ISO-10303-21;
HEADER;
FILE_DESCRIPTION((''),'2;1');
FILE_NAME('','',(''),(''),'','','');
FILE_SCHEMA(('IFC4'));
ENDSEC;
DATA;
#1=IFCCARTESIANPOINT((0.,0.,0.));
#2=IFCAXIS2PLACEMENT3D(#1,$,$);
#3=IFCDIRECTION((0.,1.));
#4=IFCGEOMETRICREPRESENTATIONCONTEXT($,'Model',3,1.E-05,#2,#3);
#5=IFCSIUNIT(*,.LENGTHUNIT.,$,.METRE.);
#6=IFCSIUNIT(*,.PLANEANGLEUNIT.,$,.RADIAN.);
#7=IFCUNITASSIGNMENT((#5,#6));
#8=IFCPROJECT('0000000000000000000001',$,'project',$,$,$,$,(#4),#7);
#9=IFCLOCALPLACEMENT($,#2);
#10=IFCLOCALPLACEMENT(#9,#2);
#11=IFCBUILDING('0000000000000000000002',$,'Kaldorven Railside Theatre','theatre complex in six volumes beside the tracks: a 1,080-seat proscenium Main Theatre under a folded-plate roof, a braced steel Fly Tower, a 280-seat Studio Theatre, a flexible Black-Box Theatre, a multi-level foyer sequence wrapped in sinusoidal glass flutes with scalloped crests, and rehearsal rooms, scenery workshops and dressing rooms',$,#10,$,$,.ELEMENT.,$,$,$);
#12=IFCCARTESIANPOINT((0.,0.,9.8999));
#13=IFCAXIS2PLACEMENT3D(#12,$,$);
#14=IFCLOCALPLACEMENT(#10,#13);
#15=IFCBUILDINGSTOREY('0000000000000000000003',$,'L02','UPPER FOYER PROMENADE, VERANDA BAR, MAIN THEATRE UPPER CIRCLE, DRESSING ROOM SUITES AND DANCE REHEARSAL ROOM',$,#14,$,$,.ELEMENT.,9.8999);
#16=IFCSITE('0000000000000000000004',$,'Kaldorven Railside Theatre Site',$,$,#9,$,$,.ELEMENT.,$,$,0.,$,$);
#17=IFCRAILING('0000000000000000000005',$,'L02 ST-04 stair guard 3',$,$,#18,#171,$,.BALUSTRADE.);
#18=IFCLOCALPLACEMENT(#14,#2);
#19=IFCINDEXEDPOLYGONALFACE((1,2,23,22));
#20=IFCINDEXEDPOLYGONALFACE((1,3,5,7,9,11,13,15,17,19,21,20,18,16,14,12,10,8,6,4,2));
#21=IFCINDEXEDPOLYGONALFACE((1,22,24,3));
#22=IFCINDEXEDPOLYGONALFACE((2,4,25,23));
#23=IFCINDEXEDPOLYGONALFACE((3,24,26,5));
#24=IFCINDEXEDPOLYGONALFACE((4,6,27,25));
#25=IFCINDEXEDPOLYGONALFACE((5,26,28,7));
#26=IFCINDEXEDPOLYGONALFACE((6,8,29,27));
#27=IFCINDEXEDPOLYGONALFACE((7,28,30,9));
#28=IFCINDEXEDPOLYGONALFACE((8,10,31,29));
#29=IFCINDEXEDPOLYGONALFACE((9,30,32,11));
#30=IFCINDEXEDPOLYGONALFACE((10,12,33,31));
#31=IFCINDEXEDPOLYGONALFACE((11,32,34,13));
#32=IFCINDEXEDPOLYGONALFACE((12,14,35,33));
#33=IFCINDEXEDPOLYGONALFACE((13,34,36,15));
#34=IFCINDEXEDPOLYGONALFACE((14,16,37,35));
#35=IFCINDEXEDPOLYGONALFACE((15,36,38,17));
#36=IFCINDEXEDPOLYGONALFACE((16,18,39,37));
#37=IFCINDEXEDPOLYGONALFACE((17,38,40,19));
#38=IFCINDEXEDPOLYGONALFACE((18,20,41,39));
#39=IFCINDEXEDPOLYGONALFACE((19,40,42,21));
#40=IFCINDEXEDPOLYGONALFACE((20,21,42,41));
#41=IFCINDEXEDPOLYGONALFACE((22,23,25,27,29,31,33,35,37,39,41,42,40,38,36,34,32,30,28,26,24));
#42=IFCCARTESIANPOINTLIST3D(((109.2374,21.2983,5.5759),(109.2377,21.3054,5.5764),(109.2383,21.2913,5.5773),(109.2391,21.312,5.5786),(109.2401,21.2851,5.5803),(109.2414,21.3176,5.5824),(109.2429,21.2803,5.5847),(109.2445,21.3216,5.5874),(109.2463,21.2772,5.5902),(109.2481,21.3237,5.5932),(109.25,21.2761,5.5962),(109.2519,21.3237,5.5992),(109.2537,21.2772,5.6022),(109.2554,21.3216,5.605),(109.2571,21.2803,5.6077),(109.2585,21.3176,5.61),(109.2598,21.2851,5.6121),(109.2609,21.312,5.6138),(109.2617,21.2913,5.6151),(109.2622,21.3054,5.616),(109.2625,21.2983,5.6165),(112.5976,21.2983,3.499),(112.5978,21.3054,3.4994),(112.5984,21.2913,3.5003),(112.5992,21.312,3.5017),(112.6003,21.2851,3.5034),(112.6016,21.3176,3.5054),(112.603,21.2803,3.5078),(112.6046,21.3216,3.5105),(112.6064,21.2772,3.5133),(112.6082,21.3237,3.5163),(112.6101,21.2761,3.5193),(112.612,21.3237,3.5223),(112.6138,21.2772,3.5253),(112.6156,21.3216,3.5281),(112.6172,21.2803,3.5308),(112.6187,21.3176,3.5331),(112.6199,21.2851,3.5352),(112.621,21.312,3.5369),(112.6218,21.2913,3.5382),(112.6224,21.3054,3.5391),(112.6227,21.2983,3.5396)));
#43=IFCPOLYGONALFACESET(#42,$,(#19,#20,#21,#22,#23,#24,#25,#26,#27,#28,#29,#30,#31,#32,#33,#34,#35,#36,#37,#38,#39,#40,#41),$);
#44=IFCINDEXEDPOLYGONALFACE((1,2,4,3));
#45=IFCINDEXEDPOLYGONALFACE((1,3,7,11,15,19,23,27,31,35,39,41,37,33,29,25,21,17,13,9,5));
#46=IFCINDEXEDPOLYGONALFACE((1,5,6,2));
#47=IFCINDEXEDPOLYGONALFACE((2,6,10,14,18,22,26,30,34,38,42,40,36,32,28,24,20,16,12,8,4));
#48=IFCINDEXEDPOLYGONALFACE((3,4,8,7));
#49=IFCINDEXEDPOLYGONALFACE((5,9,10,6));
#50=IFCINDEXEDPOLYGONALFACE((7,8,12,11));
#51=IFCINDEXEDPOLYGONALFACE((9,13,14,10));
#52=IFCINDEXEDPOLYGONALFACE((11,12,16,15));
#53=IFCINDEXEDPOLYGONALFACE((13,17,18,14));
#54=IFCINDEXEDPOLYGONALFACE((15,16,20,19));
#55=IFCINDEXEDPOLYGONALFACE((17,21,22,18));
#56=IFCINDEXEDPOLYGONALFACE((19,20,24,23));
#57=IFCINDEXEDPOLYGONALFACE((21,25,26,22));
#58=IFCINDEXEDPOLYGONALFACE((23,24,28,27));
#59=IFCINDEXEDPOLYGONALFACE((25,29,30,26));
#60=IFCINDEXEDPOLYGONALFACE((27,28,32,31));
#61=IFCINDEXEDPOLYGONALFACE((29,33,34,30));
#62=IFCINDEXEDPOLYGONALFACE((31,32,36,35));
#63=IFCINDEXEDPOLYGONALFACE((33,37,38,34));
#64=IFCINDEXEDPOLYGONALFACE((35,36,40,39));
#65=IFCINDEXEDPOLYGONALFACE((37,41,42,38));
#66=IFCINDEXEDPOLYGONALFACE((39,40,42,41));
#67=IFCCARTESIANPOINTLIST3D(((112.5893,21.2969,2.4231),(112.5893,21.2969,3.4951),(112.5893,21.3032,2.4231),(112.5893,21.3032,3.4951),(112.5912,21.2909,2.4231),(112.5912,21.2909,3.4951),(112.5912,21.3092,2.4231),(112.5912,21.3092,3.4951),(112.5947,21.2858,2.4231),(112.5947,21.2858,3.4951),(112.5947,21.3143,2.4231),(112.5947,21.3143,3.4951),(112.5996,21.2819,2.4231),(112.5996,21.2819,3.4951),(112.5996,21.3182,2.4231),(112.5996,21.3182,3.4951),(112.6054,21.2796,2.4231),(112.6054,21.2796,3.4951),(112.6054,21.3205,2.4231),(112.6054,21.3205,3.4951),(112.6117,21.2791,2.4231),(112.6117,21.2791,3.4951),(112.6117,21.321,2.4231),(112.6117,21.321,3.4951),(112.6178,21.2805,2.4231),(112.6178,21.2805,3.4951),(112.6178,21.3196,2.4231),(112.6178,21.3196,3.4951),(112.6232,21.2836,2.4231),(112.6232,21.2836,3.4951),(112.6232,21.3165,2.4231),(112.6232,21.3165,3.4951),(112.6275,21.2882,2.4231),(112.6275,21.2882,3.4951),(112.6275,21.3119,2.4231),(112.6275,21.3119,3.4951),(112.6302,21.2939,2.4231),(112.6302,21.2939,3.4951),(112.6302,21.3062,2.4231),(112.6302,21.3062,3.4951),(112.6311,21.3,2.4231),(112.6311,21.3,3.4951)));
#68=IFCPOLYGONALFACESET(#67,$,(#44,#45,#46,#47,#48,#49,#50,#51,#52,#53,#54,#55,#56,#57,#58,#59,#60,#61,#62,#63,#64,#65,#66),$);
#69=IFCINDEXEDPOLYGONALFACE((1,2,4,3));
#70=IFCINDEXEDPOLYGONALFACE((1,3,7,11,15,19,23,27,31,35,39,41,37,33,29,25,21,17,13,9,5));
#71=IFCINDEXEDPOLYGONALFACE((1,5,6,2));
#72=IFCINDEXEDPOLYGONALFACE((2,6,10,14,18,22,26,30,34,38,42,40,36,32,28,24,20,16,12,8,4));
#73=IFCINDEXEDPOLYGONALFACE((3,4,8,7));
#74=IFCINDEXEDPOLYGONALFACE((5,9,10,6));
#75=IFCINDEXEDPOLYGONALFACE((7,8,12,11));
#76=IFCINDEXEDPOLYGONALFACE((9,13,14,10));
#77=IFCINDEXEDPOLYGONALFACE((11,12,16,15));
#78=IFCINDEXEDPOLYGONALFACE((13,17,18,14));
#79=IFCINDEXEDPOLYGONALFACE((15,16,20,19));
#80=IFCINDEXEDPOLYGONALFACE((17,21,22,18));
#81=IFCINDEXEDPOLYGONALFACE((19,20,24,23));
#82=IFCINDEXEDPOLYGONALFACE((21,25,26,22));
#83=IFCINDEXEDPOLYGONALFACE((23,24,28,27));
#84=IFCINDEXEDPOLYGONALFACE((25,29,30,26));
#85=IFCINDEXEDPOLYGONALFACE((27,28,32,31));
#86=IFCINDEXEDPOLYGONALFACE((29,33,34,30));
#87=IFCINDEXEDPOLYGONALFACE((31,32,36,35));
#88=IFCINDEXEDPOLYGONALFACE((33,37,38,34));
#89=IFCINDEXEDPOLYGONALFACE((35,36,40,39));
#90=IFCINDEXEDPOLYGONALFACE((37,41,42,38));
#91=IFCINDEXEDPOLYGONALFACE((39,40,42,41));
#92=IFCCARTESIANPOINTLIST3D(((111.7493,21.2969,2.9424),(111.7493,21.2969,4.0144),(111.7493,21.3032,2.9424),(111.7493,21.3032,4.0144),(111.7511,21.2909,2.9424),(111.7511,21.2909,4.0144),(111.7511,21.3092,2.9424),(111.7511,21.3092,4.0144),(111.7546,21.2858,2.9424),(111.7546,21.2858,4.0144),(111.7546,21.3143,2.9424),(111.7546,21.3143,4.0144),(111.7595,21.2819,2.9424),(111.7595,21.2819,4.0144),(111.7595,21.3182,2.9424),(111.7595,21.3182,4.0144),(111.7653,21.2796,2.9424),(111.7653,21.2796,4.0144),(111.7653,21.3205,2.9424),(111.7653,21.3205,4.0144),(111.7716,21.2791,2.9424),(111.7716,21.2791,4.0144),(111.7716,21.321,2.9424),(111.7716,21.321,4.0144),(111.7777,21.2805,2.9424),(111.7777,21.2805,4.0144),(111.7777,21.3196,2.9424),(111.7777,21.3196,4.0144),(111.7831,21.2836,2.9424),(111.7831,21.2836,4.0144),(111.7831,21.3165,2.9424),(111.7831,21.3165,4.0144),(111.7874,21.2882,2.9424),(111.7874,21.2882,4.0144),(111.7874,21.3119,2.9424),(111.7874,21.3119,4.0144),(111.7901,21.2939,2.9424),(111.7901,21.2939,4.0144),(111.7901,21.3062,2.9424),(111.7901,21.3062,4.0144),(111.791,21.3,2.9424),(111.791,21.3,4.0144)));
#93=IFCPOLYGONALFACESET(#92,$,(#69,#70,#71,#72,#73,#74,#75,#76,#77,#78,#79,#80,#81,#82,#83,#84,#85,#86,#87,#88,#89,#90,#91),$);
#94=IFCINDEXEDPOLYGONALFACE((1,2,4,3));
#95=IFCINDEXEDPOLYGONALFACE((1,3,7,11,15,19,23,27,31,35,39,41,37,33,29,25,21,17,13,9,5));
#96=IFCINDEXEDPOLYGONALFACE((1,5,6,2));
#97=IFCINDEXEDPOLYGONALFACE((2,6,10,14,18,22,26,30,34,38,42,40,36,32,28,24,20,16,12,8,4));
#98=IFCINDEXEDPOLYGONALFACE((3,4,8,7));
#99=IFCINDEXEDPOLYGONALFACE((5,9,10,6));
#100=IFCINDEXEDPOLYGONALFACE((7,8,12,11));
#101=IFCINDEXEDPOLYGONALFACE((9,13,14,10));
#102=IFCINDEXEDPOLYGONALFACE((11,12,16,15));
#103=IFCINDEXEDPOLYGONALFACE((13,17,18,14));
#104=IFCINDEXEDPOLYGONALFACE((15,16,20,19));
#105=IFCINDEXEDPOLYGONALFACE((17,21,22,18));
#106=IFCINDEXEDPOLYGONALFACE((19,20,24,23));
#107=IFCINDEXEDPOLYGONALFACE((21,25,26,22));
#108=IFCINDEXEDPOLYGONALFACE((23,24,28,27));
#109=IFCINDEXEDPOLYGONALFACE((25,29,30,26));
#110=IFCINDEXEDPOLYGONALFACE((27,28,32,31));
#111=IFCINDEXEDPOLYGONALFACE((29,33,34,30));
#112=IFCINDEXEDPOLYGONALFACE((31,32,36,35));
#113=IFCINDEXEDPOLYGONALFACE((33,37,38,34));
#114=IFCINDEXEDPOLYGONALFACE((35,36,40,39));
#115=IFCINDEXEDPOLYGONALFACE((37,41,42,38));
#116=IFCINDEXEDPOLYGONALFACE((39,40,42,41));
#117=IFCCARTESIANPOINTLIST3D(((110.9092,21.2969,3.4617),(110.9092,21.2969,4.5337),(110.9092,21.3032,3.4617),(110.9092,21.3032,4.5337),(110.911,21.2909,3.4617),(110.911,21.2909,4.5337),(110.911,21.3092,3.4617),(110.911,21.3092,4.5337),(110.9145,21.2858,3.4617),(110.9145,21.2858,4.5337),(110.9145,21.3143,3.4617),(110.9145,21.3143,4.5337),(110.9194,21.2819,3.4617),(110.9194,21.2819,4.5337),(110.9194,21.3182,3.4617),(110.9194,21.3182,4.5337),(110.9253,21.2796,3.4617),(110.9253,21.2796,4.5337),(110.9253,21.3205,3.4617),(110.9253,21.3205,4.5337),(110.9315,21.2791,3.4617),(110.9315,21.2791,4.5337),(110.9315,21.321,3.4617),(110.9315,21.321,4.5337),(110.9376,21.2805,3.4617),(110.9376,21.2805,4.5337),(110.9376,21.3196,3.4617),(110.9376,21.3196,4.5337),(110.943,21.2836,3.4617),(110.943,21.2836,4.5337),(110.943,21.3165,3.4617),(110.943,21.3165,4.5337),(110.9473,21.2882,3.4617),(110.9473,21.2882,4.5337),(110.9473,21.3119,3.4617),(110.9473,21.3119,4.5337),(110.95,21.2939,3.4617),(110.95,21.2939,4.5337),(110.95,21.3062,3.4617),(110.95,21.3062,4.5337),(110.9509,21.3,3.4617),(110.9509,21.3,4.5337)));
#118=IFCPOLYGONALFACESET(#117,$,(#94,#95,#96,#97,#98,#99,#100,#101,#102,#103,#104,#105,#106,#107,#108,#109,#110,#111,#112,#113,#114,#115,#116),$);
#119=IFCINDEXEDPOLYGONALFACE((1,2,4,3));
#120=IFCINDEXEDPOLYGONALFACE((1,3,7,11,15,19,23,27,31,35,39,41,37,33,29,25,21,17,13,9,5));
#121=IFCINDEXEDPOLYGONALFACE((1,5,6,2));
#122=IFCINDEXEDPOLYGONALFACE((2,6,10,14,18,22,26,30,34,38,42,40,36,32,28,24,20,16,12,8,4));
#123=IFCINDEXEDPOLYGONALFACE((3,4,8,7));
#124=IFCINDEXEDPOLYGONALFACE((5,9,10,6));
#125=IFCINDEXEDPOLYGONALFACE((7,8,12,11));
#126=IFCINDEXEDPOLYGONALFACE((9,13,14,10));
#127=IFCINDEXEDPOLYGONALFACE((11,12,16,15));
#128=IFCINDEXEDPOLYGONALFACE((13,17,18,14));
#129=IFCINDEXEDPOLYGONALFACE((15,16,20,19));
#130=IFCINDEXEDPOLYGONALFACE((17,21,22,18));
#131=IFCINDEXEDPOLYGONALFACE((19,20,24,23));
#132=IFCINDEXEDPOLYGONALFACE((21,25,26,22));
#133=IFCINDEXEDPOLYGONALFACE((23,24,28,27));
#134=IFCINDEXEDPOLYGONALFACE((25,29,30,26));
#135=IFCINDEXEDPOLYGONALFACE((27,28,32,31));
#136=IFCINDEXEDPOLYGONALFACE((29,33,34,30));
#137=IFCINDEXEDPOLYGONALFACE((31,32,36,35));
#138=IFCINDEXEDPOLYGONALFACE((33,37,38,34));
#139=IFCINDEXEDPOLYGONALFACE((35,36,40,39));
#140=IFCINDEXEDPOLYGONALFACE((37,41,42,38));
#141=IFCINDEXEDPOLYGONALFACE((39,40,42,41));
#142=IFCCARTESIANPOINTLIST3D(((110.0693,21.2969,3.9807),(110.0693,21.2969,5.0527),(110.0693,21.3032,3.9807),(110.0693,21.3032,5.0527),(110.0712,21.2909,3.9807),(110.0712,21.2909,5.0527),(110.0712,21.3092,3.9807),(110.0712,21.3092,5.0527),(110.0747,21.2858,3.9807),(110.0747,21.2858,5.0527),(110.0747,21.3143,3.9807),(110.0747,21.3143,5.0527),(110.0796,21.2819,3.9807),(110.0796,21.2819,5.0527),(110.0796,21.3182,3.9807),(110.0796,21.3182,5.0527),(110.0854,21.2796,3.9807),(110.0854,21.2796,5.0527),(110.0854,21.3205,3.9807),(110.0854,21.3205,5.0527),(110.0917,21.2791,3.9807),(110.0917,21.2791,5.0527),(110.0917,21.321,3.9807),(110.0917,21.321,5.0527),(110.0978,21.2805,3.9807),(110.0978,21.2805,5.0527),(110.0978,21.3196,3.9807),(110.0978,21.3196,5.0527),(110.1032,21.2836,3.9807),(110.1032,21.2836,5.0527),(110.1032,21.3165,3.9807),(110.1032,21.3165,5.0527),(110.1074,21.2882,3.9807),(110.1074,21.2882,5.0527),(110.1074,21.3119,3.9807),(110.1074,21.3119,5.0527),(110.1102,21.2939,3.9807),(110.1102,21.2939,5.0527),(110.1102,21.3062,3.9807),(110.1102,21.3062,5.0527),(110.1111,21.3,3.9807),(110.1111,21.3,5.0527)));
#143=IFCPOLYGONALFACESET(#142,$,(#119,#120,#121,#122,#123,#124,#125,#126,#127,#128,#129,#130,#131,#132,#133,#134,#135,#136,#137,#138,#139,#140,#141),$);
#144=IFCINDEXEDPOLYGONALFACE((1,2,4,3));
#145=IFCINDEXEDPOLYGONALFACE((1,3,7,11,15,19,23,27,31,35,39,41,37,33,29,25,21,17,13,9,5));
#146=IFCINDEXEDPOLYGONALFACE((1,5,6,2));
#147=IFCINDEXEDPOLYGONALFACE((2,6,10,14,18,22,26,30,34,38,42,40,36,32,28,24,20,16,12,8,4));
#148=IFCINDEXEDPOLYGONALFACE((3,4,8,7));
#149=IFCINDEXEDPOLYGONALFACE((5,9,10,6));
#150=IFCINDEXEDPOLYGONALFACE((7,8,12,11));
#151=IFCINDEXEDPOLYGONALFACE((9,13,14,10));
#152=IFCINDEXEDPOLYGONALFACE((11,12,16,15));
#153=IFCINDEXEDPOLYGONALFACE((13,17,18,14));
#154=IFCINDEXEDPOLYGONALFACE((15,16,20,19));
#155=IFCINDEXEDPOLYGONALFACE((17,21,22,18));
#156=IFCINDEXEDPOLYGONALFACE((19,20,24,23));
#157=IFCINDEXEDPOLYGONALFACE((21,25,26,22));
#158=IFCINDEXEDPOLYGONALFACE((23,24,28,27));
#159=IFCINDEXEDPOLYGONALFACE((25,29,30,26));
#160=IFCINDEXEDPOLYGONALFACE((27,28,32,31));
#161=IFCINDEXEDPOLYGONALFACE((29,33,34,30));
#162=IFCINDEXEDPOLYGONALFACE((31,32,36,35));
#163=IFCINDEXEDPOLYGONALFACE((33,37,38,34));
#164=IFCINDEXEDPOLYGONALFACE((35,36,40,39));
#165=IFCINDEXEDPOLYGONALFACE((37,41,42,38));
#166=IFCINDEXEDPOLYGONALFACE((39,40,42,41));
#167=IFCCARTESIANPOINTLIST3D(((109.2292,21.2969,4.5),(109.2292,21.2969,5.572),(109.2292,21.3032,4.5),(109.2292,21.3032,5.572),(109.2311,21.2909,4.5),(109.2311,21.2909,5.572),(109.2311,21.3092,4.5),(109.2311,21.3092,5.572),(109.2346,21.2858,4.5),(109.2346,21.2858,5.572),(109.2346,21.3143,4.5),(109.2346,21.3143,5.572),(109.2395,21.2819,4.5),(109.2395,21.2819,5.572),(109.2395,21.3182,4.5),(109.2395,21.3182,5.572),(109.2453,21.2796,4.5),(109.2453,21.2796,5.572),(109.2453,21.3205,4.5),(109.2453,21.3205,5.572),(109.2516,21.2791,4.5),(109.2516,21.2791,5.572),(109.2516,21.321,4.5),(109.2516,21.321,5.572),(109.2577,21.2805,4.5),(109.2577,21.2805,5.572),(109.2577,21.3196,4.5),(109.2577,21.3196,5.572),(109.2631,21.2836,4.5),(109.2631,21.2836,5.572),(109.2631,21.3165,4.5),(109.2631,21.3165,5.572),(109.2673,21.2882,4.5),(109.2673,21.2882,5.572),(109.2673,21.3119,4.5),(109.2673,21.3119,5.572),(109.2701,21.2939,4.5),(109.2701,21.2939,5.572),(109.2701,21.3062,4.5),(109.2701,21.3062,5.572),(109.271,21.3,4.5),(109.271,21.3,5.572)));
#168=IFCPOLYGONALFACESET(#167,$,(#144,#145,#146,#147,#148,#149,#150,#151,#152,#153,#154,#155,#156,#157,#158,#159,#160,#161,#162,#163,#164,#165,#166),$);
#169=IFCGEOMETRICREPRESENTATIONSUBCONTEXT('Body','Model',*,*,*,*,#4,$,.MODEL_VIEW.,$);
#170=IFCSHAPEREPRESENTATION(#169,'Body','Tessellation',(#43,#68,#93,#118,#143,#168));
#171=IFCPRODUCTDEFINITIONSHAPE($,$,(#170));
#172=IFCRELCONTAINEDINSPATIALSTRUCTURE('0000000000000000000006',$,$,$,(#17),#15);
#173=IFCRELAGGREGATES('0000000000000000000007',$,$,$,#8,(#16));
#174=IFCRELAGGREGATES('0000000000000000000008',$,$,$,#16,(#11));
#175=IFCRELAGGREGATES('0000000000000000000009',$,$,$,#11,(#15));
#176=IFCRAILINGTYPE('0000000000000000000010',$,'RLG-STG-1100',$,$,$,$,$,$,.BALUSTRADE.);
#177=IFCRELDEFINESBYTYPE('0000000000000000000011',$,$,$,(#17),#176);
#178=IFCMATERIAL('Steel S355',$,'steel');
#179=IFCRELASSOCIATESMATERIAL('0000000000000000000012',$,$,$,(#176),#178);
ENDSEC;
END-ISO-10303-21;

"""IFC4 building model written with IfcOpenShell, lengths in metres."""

from ifc_helpers import new_model, si_unit, direction, frame, origin, origin_2d, place, context, subcontext, project, spatial, circle, extrude, material, type_object, element, save


model = new_model("IFC4")

# Units and contexts
model_context = context("Model", 3, precision=1e-05, world=origin(), true_north=direction((0.0, 1.0)))
body_context = subcontext(model_context, "Body", "Model", "MODEL_VIEW")
ifc_project = project(units=[si_unit("LENGTHUNIT", "METRE"), si_unit("PLANEANGLEUNIT", "RADIAN")], contexts=[model_context])

# Site, building, storey
site_placement = place(None, origin())
site = spatial("IfcSite", under=ifc_project, at=site_placement, Name="Kaldorven Railside Theatre Site", CompositionType="ELEMENT", RefElevation=0.0)
building_placement = place(site_placement, origin())
building = spatial("IfcBuilding", under=site, at=building_placement, Name="Kaldorven Railside Theatre", Description="theatre complex in six volumes beside the tracks: a 1,080-seat proscenium Main Theatre under a folded-plate roof, a braced steel Fly Tower, a 280-seat Studio Theatre, a flexible Black-Box Theatre, a multi-level foyer sequence wrapped in sinusoidal glass flutes with scalloped crests, and rehearsal rooms, scenery workshops and dressing rooms", CompositionType="ELEMENT")
storey_placement = place(building_placement, frame((0.0, 0.0, 9.8999)))
storey = spatial("IfcBuildingStorey", under=building, at=storey_placement, Name="L02", Description="UPPER FOYER PROMENADE, VERANDA BAR, MAIN THEATRE UPPER CIRCLE, DRESSING ROOM SUITES AND DANCE REHEARSAL ROOM", CompositionType="ELEMENT", Elevation=9.8999)

# Shared definitions
ifc_material_1 = material(Name="Steel S355", Category="steel")

# Railing
railing_type_1 = type_object("IfcRailingType", Name="RLG-STG-1100", PredefinedType="BALUSTRADE", material=ifc_material_1)
railing_1_placement = place(storey_placement, frame((112.6101, 21.3, 2.4231)))
element("IfcRailing", 1, at=railing_1_placement, inside=storey, type_object=railing_type_1, Name="L02 ST-04 stair guard 3", PredefinedType="BALUSTRADE", context=body_context, shape_type="SweptSolid", body=[
    extrude(circle(Radius=0.0239, at=origin_2d()), frame((0.0, 0.0, 1.0962), z_axis=(-0.850623, 0.0, 0.525776), x_axis=(0.0, -1.0, 0.0)), (0.0, 0.0, 1.0), 3.9502),
    extrude(circle(Radius=0.021, at=origin_2d()), origin(), (0.0, 0.0, 1.0), 1.072),
    extrude(circle(Radius=0.021, at=origin_2d()), frame((-0.8401, 0.0, 0.5193)), (0.0, 0.0, 1.0), 1.072),
    extrude(circle(Radius=0.021, at=origin_2d()), frame((-1.6802, 0.0, 1.0386)), (0.0, 0.0, 1.0), 1.072),
    extrude(circle(Radius=0.021, at=origin_2d()), frame((-2.52, 0.0, 1.5576)), (0.0, 0.0, 1.0), 1.072),
    extrude(circle(Radius=0.021, at=origin_2d()), frame((-3.3601, 0.0, 2.0769)), (0.0, 0.0, 1.0), 1.072),
])

save(model, "model.ifc")
